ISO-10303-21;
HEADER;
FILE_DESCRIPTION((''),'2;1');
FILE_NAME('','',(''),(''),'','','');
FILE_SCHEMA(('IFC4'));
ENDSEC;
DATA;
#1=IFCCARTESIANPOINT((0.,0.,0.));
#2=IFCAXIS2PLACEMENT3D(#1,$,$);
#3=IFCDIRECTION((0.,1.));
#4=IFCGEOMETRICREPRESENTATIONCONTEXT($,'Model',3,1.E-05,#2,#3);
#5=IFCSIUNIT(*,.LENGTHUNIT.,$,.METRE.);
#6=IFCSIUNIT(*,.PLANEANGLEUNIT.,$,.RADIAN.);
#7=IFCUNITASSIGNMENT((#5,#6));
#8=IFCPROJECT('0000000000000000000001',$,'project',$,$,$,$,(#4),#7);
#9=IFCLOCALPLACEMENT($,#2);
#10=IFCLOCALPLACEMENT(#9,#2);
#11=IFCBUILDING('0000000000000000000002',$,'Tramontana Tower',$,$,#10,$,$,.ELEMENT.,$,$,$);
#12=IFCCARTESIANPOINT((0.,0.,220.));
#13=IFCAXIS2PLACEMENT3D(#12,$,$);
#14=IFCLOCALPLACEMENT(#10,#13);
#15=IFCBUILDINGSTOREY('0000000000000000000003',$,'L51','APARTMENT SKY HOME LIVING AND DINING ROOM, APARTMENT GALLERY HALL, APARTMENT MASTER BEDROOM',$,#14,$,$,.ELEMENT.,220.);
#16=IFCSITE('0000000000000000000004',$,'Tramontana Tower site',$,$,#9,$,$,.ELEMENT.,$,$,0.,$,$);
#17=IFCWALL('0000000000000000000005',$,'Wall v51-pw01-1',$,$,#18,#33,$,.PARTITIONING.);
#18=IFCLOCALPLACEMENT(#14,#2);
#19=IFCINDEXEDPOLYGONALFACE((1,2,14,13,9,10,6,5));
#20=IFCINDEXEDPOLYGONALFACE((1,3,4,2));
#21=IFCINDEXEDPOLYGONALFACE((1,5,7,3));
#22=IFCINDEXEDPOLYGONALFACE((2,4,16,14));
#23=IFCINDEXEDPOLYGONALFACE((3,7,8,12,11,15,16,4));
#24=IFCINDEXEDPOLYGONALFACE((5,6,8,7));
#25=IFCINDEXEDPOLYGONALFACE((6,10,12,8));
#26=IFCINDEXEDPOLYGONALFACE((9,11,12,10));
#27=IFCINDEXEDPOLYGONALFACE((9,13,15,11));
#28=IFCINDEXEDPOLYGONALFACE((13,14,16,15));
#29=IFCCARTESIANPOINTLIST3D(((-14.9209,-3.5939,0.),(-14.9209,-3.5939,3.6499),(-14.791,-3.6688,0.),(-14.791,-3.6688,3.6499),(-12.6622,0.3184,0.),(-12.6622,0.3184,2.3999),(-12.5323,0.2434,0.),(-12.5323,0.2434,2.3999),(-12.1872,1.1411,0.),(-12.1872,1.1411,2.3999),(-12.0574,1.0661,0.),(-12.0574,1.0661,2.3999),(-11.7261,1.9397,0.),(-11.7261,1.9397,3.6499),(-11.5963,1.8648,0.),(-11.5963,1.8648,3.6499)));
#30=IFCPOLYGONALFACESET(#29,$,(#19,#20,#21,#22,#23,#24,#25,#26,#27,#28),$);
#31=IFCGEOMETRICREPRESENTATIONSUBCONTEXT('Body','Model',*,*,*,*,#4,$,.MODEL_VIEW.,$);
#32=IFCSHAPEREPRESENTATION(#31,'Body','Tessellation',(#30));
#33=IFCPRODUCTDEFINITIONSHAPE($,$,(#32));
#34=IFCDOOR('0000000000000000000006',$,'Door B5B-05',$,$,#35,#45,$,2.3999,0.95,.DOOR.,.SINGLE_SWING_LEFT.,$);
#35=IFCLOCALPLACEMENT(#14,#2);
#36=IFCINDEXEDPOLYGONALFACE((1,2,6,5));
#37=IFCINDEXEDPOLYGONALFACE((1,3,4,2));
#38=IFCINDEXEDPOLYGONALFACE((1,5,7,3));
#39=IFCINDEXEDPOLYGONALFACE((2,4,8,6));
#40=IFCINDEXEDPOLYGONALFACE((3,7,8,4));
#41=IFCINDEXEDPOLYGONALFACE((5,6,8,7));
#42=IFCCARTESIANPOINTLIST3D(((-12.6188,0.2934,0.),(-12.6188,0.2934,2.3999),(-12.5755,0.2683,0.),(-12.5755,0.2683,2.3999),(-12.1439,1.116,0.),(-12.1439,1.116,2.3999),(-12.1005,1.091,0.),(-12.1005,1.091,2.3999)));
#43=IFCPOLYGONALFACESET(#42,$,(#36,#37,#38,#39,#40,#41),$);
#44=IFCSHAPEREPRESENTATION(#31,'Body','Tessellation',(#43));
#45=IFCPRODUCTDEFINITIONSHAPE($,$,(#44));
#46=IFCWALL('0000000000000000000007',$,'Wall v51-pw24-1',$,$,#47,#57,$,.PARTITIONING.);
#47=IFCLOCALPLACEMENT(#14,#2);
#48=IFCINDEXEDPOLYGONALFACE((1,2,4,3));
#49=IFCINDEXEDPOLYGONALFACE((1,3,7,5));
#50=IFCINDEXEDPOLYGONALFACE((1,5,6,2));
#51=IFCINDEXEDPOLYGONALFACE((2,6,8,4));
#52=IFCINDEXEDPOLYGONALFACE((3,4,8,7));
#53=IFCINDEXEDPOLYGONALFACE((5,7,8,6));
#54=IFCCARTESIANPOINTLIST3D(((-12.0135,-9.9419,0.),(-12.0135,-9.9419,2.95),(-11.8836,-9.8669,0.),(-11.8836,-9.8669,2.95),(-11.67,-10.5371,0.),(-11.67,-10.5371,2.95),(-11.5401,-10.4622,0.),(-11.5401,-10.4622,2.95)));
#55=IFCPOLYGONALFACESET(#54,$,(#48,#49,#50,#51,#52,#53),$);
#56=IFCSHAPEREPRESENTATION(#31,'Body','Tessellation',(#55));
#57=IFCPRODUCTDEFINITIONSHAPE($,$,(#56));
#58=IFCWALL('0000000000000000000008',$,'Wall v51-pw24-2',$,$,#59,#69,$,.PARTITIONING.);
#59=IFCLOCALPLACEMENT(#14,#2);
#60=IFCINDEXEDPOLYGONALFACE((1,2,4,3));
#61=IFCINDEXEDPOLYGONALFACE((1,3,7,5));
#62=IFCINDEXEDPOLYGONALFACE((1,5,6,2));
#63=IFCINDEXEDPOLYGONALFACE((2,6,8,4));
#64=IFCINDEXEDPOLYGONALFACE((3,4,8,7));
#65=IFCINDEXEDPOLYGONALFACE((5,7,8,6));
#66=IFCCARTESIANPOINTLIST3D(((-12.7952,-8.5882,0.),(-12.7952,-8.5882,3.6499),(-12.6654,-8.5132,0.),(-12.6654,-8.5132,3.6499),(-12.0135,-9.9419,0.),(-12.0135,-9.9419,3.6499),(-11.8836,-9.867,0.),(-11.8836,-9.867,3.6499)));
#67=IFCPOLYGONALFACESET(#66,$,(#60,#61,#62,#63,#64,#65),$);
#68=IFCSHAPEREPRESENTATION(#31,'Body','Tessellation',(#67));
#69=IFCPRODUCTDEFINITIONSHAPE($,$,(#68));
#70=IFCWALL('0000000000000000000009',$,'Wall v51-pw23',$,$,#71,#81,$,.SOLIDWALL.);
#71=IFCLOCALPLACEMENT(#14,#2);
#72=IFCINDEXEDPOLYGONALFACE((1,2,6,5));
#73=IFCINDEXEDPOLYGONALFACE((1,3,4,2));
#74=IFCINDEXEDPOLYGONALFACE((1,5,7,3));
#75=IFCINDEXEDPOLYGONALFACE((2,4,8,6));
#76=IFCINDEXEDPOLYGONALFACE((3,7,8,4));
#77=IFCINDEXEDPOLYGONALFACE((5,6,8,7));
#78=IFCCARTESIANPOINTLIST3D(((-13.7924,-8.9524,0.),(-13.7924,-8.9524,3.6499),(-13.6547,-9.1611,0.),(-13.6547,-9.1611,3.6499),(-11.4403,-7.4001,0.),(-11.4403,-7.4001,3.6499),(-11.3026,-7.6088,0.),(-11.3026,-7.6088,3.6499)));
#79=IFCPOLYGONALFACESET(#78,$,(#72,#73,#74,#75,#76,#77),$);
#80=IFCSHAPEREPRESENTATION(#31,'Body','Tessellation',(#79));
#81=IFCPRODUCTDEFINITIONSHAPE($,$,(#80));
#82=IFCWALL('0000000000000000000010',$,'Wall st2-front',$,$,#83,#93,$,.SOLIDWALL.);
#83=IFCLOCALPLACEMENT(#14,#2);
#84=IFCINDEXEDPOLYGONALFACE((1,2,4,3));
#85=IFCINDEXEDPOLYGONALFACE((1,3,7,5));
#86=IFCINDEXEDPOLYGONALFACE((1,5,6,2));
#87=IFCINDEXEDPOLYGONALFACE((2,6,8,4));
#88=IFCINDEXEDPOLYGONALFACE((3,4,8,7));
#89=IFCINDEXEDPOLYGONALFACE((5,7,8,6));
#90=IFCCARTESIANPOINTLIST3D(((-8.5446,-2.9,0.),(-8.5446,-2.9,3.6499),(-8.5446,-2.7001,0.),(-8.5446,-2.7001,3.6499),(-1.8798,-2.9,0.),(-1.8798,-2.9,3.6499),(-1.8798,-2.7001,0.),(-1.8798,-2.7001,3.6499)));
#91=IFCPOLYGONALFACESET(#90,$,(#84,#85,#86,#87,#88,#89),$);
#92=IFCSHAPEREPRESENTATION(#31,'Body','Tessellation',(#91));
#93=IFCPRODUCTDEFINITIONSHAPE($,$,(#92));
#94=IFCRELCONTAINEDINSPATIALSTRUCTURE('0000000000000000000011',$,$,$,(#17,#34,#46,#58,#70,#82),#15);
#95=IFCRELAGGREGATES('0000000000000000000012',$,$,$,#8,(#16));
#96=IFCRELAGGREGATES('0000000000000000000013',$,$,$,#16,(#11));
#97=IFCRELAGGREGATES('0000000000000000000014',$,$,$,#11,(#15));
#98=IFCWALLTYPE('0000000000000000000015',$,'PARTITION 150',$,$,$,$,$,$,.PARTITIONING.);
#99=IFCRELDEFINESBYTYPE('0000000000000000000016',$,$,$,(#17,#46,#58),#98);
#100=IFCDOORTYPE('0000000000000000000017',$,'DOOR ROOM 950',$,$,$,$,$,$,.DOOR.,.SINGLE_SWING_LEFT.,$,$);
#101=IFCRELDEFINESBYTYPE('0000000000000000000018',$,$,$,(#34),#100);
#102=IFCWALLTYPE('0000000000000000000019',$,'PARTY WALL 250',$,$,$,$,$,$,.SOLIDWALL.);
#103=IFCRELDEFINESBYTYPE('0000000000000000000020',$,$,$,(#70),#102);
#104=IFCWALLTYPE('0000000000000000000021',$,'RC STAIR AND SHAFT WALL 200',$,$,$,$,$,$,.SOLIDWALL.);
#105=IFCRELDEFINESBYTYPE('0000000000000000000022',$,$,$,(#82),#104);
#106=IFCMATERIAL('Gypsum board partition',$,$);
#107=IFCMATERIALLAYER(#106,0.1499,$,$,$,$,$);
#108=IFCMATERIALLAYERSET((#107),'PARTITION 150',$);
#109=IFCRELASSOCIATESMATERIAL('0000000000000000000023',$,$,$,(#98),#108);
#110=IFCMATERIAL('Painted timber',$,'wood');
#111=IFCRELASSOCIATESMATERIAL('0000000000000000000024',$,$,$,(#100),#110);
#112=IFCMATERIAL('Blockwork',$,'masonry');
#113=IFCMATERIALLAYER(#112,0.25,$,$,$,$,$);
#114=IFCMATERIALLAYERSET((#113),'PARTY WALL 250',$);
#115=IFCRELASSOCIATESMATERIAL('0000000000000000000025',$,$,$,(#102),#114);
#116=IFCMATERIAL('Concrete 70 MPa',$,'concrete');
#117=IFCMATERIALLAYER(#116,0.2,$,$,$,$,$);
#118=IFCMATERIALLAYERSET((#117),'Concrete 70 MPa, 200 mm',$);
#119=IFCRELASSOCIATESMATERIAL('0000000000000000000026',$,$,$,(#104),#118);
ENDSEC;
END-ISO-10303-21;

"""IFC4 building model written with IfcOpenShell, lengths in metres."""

from ifc_helpers import new_model, si_unit, direction, frame, frame_2d, origin, place, context, subcontext, project, spatial, rectangle, extrude, material, layer, layer_set, type_object, element, fill, save


model = new_model("IFC4")

# Units and contexts
model_context = context("Model", 3, precision=1e-05, world=origin(), true_north=direction((0.0, 1.0)))
body_context = subcontext(model_context, "Body", "Model", "MODEL_VIEW")
ifc_project = project(units=[si_unit("LENGTHUNIT", "METRE"), si_unit("PLANEANGLEUNIT", "RADIAN")], contexts=[model_context])

# Site, building, storey
site_placement = place(None, origin())
site = spatial("IfcSite", under=ifc_project, at=site_placement, Name="Tramontana Tower site", CompositionType="ELEMENT", RefElevation=0.0)
building_placement = place(site_placement, origin())
building = spatial("IfcBuilding", under=site, at=building_placement, Name="Tramontana Tower", CompositionType="ELEMENT")
storey_placement = place(building_placement, frame((0.0, 0.0, 220.0)))
storey = spatial("IfcBuildingStorey", under=building, at=storey_placement, Name="L51", Description="APARTMENT SKY HOME LIVING AND DINING ROOM, APARTMENT GALLERY HALL, APARTMENT MASTER BEDROOM", CompositionType="ELEMENT", Elevation=220.0)

# Shared definitions
ifc_material_1 = material(Name="Gypsum board partition")
ifc_layer_1 = layer(ifc_material_1, 0.1499)
ifc_layer_set_1 = layer_set([ifc_layer_1], Name="PARTITION 150")
wall_type_1 = type_object("IfcWallType", Name="PARTITION 150", PredefinedType="PARTITIONING", material=ifc_layer_set_1)

# Wall, opening, door
wall_1_placement = place(storey_placement, frame((-14.856, -3.6313, 0.0), z_axis=(0.0, 0.0, 1.0), x_axis=(0.499994, 0.866029, 0.0)))
wall_1 = element("IfcWall", 1, at=wall_1_placement, inside=storey, type_object=wall_type_1, Name="Wall v51-pw01-1", PredefinedType="PARTITIONING", context=body_context, shape_type="SweptSolid", body=[
    extrude(rectangle(XDim=6.3896, YDim=0.1499, at=frame_2d((3.1948, 0.0))), origin(), (0.0, 0.0, 1.0), 3.6499),
])
opening_1_placement = place(wall_1_placement, frame((4.5173, 0.0, 0.0)))
opening_1 = element("IfcOpeningElement", 2, at=opening_1_placement, cuts=wall_1, PredefinedType="OPENING", context=body_context, shape_type="SweptSolid", body=[
    extrude(rectangle(XDim=0.95, YDim=2.3999, at=frame_2d((0.4751, 1.2))), frame((0.0, 0.085, 0.0), z_axis=(0.0, -1.0, 0.0), x_axis=(1.0, 0.0, 0.0)), (0.0, 0.0, 1.0), 0.1699),
])
ifc_material_2 = material(Name="Painted timber", Category="wood")
door_type_1 = type_object("IfcDoorType", Name="DOOR ROOM 950", OperationType="SINGLE_SWING_LEFT", PredefinedType="DOOR", material=ifc_material_2)
door_1_placement = place(opening_1_placement, origin())
door_1 = element("IfcDoor", 3, at=door_1_placement, inside=storey, type_object=door_type_1, Name="Door B5B-05", OperationType="SINGLE_SWING_LEFT", OverallHeight=2.3999, OverallWidth=0.95, PredefinedType="DOOR", context=body_context, shape_type="SweptSolid", body=[
    extrude(rectangle(XDim=0.95, YDim=2.3999, at=frame_2d((0.4751, 1.2))), frame((0.0, 0.0249, 0.0), z_axis=(0.0, -1.0, 0.0), x_axis=(1.0, 0.0, 0.0)), (0.0, 0.0, 1.0), 0.05),
])
fill(opening_1, door_1)

# Walls
wall_2_placement = place(storey_placement, frame((-11.605, -10.4998, 0.0), z_axis=(0.0, 0.0, 1.0), x_axis=(-0.499845, 0.866115, 0.0)))
element("IfcWall", 4, at=wall_2_placement, inside=storey, type_object=wall_type_1, Name="Wall v51-pw24-1", PredefinedType="PARTITIONING", context=body_context, shape_type="SweptSolid", body=[
    extrude(rectangle(XDim=0.6873, YDim=0.1499, at=frame_2d((0.3438, 0.0))), origin(), (0.0, 0.0, 1.0), 2.95),
])
wall_3_placement = place(storey_placement, frame((-11.9485, -9.9045, 0.0), z_axis=(0.0, 0.0, 1.0), x_axis=(-0.500069, 0.865985, 0.0)))
element("IfcWall", 5, at=wall_3_placement, inside=storey, type_object=wall_type_1, Name="Wall v51-pw24-2", PredefinedType="PARTITIONING", context=body_context, shape_type="SweptSolid", body=[
    extrude(rectangle(XDim=1.5632, YDim=0.1499, at=frame_2d((0.7817, 0.0))), origin(), (0.0, 0.0, 1.0), 3.6499),
])
ifc_material_3 = material(Name="Blockwork", Category="masonry")
ifc_layer_2 = layer(ifc_material_3, 0.25)
ifc_layer_set_2 = layer_set([ifc_layer_2], Name="PARTY WALL 250")
wall_type_2 = type_object("IfcWallType", Name="PARTY WALL 250", PredefinedType="SOLIDWALL", material=ifc_layer_set_2)
wall_4_placement = place(storey_placement, frame((-11.3713, -7.5044, 0.0), z_axis=(0.0, 0.0, 1.0), x_axis=(-0.834627, -0.550816, 0.0)))
element("IfcWall", 6, at=wall_4_placement, inside=storey, type_object=wall_type_2, Name="Wall v51-pw23", PredefinedType="SOLIDWALL", context=body_context, shape_type="SweptSolid", body=[
    extrude(rectangle(XDim=2.8181, YDim=0.25, at=frame_2d((1.4092, 0.0))), origin(), (0.0, 0.0, 1.0), 3.6499),
])
ifc_material_4 = material(Name="Concrete 70 MPa", Category="concrete")
ifc_layer_3 = layer(ifc_material_4, 0.2)
ifc_layer_set_3 = layer_set([ifc_layer_3], Name="Concrete 70 MPa, 200 mm")
wall_type_3 = type_object("IfcWallType", Name="RC STAIR AND SHAFT WALL 200", PredefinedType="SOLIDWALL", material=ifc_layer_set_3)
wall_5_placement = place(storey_placement, frame((-8.5447, -2.8, 0.0), z_axis=(0.0, 0.0, 1.0), x_axis=(1.0, 0.0, 0.0)))
element("IfcWall", 7, at=wall_5_placement, inside=storey, type_object=wall_type_3, Name="Wall st2-front", PredefinedType="SOLIDWALL", context=body_context, shape_type="SweptSolid", body=[
    extrude(rectangle(XDim=6.6648, YDim=0.2, at=frame_2d((3.3325, 0.0))), origin(), (0.0, 0.0, 1.0), 3.6499),
])

save(model, "model.ifc")
